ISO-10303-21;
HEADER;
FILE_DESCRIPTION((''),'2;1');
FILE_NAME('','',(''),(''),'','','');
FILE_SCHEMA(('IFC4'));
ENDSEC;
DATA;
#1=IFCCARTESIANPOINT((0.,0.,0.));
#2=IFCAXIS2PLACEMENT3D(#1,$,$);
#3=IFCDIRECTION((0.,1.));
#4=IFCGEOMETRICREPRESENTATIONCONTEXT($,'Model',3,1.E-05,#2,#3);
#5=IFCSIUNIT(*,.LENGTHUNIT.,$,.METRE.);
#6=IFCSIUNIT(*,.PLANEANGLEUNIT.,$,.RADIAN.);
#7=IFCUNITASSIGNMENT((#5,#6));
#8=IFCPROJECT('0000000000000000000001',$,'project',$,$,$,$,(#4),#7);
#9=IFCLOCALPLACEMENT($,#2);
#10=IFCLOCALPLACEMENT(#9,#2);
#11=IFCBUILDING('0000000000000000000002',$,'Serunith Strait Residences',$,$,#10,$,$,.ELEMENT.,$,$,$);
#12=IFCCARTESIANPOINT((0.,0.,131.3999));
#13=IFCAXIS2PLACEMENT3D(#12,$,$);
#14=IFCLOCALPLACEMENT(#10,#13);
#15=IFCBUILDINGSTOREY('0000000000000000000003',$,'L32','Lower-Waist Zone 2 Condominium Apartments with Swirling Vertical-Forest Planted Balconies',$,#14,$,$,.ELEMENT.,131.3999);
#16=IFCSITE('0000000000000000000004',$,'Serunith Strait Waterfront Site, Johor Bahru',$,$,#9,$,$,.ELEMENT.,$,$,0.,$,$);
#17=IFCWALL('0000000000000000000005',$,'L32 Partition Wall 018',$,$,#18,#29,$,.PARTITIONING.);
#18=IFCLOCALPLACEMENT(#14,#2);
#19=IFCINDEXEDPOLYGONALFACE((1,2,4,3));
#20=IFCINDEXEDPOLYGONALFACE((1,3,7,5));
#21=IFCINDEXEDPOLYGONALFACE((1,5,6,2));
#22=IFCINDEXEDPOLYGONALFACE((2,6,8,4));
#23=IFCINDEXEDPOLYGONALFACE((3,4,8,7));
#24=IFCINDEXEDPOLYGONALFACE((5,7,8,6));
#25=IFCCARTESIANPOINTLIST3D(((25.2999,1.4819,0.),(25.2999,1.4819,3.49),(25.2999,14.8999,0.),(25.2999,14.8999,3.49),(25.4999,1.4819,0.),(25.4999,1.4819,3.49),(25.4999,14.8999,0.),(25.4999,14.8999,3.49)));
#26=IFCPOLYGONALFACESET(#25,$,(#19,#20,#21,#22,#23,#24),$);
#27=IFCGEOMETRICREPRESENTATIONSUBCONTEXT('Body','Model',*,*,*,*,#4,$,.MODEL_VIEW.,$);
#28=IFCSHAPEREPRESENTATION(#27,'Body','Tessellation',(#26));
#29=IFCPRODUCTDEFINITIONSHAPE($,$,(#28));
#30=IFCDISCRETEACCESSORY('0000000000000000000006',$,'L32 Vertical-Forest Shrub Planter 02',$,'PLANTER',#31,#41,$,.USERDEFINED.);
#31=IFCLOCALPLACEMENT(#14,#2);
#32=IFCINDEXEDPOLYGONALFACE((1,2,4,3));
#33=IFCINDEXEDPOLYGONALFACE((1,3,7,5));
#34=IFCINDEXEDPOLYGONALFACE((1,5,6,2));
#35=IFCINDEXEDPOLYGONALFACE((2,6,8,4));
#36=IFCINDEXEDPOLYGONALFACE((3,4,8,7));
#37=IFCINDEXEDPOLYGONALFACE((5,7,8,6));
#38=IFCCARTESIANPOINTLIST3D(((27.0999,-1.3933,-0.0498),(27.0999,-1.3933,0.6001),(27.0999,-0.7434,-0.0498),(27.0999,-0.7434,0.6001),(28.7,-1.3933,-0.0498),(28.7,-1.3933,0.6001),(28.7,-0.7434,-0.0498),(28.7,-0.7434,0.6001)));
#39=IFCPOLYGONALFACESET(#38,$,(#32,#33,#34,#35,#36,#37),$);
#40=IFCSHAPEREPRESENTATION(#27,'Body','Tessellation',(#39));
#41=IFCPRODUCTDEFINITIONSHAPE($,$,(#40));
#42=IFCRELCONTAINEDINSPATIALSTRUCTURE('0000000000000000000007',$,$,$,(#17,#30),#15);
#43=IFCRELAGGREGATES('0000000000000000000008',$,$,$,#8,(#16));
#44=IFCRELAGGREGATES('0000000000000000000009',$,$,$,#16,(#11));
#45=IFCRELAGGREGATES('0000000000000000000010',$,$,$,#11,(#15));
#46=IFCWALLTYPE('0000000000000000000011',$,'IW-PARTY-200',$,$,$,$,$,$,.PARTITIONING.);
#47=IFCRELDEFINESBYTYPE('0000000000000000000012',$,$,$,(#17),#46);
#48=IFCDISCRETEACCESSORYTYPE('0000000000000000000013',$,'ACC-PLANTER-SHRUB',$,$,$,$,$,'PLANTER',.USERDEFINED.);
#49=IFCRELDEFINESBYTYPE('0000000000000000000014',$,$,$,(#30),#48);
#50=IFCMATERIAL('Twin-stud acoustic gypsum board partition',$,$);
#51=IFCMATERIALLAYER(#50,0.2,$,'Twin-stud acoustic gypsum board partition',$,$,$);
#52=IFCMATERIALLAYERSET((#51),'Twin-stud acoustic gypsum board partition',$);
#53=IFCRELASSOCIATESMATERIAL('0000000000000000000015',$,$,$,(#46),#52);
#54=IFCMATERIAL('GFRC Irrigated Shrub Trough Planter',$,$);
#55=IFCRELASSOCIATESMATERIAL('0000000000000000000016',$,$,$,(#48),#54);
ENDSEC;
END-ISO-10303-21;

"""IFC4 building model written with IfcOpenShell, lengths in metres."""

from ifc_helpers import new_model, si_unit, direction, frame, frame_2d, origin, origin_2d, place, context, subcontext, project, spatial, rectangle, extrude, source, transform, mapped, material, layer, layer_set, type_object, element, save


model = new_model("IFC4")

# Units and contexts
model_context = context("Model", 3, precision=1e-05, world=origin(), true_north=direction((0.0, 1.0)))
body_context = subcontext(model_context, "Body", "Model", "MODEL_VIEW")
ifc_project = project(units=[si_unit("LENGTHUNIT", "METRE"), si_unit("PLANEANGLEUNIT", "RADIAN")], contexts=[model_context])

# Site, building, storey
site_placement = place(None, origin())
site = spatial("IfcSite", under=ifc_project, at=site_placement, Name="Serunith Strait Waterfront Site, Johor Bahru", CompositionType="ELEMENT", RefElevation=0.0)
building_placement = place(site_placement, origin())
building = spatial("IfcBuilding", under=site, at=building_placement, Name="Serunith Strait Residences", CompositionType="ELEMENT")
storey_placement = place(building_placement, frame((0.0, 0.0, 131.3999)))
storey = spatial("IfcBuildingStorey", under=building, at=storey_placement, Name="L32", Description="Lower-Waist Zone 2 Condominium Apartments with Swirling Vertical-Forest Planted Balconies", CompositionType="ELEMENT", Elevation=131.3999)

# Wall
ifc_material_1 = material(Name="Twin-stud acoustic gypsum board partition")
ifc_layer_1 = layer(ifc_material_1, 0.2, Name="Twin-stud acoustic gypsum board partition")
ifc_layer_set_1 = layer_set([ifc_layer_1], Name="Twin-stud acoustic gypsum board partition")
wall_type_1 = type_object("IfcWallType", Name="IW-PARTY-200", PredefinedType="PARTITIONING", material=ifc_layer_set_1)
wall_1_placement = place(storey_placement, frame((25.3999, 1.4819, 0.0), z_axis=(0.0, 0.0, 1.0), x_axis=(0.0, 1.0, 0.0)))
element("IfcWall", 1, at=wall_1_placement, inside=storey, type_object=wall_type_1, Name="L32 Partition Wall 018", PredefinedType="PARTITIONING", context=body_context, shape_type="SweptSolid", body=[
    extrude(rectangle(XDim=13.418, YDim=0.2, at=frame_2d((6.709, 0.0))), origin(), (0.0, 0.0, 1.0), 3.49),
])

# Discrete accessory
ifc_material_2 = material(Name="GFRC Irrigated Shrub Trough Planter")
discrete_accessory_type = type_object("IfcDiscreteAccessoryType", Name="ACC-PLANTER-SHRUB", ElementType="PLANTER", PredefinedType="USERDEFINED", material=ifc_material_2)
shared_shape_1 = source(origin(), body_context, "Body", "SweptSolid", [
    extrude(rectangle(XDim=1.6001, YDim=0.6499, at=origin_2d()), origin(), (0.0, 0.0, 1.0), 0.6499),
])
discrete_accessory_placement = place(storey_placement, frame((27.8999, -1.0684, -0.0498), z_axis=(0.0, 0.0, 1.0), x_axis=(1.0, 0.0, 0.0)))
element("IfcDiscreteAccessory", 2, at=discrete_accessory_placement, inside=storey, type_object=discrete_accessory_type, Name="L32 Vertical-Forest Shrub Planter 02", ObjectType="PLANTER", PredefinedType="USERDEFINED", context=body_context, shape_type="MappedRepresentation", body=[
    mapped(shared_shape_1, transform((0.0, 0.0, 0.0), scale=1.0)),
])

save(model, "model.ifc")
